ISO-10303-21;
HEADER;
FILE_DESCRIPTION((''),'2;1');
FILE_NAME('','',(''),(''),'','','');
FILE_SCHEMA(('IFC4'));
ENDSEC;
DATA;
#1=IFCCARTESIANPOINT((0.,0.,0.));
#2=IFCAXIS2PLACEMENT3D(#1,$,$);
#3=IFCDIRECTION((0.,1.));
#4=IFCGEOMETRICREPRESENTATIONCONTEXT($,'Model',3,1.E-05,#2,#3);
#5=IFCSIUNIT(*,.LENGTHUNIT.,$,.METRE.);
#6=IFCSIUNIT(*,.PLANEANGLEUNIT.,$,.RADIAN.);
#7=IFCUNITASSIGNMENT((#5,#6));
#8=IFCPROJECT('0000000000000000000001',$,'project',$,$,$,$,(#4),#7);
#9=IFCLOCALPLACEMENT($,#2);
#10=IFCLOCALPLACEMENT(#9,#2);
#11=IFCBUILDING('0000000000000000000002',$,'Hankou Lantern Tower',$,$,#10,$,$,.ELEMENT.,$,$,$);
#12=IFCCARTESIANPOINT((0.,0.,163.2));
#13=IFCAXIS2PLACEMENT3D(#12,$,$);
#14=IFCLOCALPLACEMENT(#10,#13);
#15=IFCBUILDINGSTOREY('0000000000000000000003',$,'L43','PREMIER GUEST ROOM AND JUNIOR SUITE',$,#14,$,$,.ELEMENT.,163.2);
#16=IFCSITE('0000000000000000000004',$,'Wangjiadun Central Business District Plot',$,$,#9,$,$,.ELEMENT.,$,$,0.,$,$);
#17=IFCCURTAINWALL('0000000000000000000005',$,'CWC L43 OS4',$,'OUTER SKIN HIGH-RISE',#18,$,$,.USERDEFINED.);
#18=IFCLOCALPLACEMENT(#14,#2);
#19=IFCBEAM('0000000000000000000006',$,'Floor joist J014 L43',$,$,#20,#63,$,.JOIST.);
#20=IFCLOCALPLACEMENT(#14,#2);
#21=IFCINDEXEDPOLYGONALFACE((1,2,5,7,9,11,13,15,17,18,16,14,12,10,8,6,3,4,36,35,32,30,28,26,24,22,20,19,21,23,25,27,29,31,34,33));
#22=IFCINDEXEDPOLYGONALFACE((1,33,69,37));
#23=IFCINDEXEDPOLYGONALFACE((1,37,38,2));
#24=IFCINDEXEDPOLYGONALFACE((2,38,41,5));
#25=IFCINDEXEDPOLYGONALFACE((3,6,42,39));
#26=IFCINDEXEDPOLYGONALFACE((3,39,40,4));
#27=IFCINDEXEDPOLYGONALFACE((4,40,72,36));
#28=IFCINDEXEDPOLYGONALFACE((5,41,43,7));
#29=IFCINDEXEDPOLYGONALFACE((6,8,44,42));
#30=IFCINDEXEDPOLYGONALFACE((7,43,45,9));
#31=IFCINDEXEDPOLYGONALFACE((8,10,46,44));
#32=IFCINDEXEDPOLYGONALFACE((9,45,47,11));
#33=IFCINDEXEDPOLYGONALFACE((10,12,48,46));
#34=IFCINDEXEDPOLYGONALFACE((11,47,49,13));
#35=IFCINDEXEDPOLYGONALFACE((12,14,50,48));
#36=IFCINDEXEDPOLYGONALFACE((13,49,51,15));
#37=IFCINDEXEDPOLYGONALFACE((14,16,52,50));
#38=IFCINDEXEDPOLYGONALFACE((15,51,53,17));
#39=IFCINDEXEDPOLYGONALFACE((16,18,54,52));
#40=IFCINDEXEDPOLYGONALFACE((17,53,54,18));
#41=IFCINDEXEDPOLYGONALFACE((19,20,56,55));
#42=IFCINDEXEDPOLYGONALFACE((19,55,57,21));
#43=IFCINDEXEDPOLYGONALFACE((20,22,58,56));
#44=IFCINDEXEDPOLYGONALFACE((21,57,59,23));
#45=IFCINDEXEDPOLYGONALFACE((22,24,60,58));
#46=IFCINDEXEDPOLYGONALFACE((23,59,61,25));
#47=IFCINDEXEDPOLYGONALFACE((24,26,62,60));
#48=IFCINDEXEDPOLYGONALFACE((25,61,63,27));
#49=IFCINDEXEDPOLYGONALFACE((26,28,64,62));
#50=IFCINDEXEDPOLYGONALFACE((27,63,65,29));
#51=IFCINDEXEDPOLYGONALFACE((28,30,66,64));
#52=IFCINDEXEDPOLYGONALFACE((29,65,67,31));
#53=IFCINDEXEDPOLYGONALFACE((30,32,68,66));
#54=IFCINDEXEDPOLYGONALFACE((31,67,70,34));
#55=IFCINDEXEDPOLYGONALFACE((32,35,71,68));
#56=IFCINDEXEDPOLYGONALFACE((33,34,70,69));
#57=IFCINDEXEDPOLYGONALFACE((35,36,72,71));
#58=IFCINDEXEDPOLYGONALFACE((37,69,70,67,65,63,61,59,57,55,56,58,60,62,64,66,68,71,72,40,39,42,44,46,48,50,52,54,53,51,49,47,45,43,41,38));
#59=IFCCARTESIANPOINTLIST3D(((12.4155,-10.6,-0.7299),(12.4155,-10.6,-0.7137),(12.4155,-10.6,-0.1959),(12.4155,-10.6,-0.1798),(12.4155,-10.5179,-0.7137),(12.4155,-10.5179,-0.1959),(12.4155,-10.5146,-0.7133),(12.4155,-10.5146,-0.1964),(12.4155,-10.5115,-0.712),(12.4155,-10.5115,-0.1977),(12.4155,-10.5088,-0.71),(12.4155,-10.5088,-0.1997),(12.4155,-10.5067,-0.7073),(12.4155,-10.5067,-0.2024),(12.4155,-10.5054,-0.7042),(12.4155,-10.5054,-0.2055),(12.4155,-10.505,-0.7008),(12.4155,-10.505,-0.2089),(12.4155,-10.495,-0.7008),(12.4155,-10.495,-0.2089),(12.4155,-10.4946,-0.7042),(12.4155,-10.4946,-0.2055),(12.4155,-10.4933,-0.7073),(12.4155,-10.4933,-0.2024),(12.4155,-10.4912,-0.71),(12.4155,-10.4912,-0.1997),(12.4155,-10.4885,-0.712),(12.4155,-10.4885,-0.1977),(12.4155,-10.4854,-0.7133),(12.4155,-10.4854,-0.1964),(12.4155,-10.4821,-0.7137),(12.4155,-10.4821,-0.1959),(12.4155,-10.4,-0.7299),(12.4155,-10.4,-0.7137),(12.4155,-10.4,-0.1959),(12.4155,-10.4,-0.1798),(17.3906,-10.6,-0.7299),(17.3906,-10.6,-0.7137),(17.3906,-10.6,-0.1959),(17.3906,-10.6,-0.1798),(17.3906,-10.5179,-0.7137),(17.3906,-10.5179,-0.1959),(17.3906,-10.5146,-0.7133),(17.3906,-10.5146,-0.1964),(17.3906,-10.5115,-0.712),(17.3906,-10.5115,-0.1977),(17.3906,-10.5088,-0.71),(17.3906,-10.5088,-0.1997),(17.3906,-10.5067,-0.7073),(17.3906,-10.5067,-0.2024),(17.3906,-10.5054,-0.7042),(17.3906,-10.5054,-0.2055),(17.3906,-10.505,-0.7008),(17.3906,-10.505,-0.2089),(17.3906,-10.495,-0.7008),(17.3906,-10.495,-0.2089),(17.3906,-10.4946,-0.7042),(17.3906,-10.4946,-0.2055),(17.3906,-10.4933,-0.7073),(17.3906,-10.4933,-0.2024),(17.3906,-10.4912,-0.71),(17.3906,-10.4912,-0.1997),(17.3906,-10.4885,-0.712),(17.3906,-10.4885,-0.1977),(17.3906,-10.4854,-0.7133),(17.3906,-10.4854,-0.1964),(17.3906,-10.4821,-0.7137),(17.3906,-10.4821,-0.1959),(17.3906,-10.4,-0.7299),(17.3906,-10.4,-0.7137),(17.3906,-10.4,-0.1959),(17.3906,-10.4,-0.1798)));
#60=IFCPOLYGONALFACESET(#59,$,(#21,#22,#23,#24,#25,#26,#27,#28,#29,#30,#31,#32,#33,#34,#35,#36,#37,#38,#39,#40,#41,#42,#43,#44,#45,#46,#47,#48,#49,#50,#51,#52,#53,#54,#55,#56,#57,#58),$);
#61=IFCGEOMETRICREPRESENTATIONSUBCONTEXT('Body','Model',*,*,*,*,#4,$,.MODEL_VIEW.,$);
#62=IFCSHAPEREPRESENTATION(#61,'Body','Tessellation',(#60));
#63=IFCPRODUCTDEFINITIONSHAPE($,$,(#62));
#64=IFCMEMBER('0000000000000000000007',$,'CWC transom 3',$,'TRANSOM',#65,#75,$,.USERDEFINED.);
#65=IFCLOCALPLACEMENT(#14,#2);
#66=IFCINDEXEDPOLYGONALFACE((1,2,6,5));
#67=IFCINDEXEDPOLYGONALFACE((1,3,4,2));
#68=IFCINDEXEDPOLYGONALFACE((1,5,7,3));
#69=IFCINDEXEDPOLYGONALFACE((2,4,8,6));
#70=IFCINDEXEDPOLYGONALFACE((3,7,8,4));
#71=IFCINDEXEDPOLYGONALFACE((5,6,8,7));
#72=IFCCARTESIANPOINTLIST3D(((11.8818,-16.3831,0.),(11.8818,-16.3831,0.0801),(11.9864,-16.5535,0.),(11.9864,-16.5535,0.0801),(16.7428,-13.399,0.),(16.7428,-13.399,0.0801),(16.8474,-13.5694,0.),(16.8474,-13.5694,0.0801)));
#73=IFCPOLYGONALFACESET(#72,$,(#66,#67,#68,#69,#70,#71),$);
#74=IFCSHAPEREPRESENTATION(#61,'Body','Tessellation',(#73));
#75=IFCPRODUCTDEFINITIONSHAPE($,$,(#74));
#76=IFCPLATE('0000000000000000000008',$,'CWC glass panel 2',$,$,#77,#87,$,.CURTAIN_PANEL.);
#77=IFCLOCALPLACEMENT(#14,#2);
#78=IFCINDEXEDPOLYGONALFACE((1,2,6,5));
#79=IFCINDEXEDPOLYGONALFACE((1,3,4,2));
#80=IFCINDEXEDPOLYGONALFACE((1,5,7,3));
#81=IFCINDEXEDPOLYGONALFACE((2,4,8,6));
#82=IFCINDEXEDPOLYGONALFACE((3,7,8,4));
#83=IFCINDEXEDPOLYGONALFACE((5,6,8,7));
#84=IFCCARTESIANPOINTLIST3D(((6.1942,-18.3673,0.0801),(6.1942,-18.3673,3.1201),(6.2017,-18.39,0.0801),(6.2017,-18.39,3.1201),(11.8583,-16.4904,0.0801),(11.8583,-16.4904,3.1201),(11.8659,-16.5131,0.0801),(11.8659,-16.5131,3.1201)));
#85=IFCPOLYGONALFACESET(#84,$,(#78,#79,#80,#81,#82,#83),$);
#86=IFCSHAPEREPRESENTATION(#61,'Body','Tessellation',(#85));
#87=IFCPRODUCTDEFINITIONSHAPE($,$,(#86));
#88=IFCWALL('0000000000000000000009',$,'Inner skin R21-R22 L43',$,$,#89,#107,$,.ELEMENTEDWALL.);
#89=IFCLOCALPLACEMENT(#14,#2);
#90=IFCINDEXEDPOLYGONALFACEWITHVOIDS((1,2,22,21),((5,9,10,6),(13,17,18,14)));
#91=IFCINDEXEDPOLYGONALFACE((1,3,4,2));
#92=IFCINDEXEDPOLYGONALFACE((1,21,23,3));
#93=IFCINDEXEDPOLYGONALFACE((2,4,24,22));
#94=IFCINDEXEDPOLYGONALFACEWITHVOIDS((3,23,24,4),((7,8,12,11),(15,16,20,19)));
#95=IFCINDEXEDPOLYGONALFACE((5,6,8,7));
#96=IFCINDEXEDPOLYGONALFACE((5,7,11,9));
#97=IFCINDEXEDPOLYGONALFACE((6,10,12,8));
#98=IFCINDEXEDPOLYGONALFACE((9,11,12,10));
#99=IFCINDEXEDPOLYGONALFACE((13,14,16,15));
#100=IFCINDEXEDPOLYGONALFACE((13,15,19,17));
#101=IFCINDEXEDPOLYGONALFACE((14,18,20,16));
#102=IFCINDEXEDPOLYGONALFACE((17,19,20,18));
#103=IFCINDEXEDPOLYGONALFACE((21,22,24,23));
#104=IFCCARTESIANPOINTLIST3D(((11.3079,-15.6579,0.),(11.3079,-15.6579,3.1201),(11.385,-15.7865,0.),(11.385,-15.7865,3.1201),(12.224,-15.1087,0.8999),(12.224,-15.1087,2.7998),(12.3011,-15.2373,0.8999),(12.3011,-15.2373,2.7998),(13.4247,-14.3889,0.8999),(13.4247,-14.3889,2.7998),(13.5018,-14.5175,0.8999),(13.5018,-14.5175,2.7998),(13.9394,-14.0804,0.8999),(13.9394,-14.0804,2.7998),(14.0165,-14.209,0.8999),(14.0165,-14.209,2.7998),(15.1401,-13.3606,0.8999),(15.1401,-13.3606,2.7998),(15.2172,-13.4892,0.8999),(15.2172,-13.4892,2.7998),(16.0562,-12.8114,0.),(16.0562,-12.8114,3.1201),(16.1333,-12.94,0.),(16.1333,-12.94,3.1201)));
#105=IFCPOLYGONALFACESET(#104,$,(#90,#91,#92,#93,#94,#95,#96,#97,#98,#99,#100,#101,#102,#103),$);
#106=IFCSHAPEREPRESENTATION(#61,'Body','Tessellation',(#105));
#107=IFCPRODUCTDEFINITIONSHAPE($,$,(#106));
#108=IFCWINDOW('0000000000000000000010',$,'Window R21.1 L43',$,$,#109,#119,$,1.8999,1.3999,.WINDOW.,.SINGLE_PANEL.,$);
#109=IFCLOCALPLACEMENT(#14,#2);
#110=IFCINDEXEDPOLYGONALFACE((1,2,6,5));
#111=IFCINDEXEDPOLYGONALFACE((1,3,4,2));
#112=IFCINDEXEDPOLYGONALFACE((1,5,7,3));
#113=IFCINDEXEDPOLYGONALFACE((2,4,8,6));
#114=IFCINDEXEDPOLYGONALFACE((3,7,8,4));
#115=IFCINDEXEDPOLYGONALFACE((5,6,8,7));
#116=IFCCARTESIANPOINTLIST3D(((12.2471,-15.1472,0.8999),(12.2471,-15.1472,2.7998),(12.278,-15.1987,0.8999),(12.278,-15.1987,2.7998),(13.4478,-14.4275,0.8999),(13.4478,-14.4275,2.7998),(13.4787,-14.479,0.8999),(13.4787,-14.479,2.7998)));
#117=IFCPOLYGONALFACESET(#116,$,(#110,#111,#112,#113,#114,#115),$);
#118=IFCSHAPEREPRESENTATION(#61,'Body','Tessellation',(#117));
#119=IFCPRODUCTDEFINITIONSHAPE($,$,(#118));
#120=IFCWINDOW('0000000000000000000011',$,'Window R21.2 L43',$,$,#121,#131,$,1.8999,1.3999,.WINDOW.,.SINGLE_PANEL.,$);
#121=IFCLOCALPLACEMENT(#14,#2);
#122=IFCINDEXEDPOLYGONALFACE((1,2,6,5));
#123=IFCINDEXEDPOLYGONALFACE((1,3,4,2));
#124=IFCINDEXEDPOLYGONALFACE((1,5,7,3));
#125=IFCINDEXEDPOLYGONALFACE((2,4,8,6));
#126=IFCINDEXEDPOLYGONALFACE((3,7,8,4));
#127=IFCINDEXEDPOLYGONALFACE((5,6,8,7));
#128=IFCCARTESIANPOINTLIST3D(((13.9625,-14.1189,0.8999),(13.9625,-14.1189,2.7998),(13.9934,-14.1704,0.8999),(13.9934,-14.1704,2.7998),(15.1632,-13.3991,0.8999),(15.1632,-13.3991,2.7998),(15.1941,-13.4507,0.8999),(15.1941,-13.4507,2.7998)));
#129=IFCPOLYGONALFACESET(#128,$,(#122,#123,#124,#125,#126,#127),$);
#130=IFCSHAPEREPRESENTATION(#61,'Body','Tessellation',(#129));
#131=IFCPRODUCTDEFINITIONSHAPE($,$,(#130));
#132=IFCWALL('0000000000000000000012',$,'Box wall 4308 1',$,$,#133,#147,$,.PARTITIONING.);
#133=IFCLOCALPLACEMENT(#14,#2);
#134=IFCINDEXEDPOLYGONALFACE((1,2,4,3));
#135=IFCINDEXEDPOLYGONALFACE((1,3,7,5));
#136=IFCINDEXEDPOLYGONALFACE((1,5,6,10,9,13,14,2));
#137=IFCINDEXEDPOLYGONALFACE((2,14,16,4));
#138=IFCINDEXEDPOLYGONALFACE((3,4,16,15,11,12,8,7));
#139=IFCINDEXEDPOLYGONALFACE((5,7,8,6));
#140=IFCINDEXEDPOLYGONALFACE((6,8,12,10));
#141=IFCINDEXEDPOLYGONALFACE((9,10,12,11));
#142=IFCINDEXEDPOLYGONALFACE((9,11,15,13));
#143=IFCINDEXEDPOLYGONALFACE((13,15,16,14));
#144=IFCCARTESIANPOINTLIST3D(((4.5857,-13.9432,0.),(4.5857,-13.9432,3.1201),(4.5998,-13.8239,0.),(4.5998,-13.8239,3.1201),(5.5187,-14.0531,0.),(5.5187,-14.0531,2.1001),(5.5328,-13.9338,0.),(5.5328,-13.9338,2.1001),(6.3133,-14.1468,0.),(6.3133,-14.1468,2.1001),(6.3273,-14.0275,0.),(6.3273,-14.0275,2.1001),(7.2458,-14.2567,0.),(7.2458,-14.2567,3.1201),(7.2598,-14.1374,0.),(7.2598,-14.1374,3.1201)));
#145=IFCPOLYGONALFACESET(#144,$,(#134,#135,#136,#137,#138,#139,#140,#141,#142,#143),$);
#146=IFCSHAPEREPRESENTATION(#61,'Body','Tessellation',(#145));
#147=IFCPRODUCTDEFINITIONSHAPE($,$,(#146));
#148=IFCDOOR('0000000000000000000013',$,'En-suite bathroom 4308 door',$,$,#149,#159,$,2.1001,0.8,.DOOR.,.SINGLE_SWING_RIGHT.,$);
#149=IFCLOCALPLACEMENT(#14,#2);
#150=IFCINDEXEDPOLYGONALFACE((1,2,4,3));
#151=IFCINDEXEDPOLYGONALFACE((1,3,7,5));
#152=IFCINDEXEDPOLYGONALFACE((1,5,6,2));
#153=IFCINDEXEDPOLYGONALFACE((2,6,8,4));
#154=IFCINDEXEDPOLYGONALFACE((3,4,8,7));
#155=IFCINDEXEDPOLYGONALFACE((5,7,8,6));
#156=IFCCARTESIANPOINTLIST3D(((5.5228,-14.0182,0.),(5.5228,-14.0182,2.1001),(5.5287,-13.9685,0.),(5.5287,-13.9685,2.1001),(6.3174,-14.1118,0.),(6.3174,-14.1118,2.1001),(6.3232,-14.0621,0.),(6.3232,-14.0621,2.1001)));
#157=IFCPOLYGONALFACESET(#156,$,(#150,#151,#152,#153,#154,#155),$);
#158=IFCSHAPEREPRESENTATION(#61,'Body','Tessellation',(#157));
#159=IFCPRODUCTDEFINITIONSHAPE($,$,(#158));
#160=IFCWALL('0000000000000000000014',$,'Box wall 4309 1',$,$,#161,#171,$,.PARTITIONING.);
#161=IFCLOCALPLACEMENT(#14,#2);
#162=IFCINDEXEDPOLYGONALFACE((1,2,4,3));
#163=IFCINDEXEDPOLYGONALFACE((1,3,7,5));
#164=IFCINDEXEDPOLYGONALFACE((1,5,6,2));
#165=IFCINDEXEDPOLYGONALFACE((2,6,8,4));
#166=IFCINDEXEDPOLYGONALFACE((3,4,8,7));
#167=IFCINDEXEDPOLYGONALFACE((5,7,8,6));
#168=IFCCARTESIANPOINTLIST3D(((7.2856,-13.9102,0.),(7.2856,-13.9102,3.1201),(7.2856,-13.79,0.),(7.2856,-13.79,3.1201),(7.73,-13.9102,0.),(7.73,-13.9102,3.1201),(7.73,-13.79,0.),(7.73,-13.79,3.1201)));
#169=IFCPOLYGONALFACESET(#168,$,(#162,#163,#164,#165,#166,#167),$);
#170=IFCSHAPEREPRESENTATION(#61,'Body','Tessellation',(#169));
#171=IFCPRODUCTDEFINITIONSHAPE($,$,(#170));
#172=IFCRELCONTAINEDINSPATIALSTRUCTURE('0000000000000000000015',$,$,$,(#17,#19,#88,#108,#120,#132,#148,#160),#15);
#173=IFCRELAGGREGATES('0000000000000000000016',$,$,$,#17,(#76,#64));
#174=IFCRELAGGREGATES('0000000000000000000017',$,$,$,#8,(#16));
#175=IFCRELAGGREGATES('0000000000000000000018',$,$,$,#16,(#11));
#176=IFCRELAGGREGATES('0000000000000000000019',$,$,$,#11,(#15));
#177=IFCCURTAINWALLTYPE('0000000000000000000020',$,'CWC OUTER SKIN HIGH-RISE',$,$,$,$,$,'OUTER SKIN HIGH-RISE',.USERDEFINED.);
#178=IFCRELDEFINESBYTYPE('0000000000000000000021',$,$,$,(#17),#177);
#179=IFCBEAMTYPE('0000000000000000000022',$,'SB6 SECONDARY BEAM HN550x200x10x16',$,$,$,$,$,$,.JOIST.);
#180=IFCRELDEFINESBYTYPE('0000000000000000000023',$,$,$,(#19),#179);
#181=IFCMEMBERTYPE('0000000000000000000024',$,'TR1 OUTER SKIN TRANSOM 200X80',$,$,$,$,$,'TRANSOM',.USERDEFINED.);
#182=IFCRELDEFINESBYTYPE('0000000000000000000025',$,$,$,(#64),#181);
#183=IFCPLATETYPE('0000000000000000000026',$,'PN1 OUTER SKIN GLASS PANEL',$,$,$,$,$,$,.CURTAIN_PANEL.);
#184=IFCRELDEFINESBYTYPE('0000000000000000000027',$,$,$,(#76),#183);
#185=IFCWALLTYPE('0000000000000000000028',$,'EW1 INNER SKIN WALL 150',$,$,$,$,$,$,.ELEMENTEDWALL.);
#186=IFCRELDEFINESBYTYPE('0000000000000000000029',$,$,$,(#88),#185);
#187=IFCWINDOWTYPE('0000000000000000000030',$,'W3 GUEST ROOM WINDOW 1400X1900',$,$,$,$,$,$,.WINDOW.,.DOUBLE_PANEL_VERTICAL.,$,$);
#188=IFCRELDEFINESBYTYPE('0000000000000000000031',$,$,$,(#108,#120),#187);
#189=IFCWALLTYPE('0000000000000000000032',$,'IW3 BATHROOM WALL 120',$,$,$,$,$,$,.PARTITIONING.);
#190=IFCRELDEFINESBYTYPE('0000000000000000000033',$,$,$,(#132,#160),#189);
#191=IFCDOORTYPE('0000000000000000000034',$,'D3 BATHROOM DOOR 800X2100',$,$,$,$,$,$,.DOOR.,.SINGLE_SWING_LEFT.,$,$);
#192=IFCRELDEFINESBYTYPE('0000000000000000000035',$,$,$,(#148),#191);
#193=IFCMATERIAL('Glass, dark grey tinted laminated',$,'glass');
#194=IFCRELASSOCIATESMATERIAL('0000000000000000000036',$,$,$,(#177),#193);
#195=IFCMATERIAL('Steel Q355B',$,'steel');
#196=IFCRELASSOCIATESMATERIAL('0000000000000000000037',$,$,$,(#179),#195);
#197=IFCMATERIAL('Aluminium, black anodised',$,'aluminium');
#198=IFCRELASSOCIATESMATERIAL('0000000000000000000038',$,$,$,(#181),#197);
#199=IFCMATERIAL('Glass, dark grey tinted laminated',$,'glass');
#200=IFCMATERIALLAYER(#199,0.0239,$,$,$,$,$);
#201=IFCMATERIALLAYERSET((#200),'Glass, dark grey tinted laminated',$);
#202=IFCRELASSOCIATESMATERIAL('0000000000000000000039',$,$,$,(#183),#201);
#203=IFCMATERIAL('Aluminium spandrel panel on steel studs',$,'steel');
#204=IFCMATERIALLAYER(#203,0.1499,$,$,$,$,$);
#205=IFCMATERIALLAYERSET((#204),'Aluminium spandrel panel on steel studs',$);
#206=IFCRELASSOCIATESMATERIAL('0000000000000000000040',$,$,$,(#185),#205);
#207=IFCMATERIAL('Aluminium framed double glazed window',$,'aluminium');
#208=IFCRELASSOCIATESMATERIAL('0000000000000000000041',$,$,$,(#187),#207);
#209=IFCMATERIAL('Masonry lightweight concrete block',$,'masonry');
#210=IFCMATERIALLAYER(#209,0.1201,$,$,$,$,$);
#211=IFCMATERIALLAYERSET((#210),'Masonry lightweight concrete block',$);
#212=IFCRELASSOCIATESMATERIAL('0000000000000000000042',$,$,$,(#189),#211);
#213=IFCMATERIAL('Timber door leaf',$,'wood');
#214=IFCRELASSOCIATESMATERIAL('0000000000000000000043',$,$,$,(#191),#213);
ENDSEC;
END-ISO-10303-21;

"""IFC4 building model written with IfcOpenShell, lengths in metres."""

from ifc_helpers import new_model, si_unit, direction, frame, frame_2d, origin, origin_2d, place, context, subcontext, project, spatial, rectangle, i_section, extrude, material, layer, layer_set, material_profile, profile_set, type_object, element, fill, aggregate, save


model = new_model("IFC4")

# Units and contexts
model_context = context("Model", 3, precision=1e-05, world=origin(), true_north=direction((0.0, 1.0)))
body_context = subcontext(model_context, "Body", "Model", "MODEL_VIEW")
ifc_project = project(units=[si_unit("LENGTHUNIT", "METRE"), si_unit("PLANEANGLEUNIT", "RADIAN")], contexts=[model_context])

# Site, building, storey
site_placement = place(None, origin())
site = spatial("IfcSite", under=ifc_project, at=site_placement, Name="Wangjiadun Central Business District Plot", CompositionType="ELEMENT", RefElevation=0.0)
building_placement = place(site_placement, origin())
building = spatial("IfcBuilding", under=site, at=building_placement, Name="Hankou Lantern Tower", CompositionType="ELEMENT")
storey_placement = place(building_placement, frame((0.0, 0.0, 163.2)))
storey = spatial("IfcBuildingStorey", under=building, at=storey_placement, Name="L43", Description="PREMIER GUEST ROOM AND JUNIOR SUITE", CompositionType="ELEMENT", Elevation=163.2)

# Curtain wall
ifc_material_1 = material(Name="Glass, dark grey tinted laminated", Category="glass")
curtain_wall_type = type_object("IfcCurtainWallType", Name="CWC OUTER SKIN HIGH-RISE", ElementType="OUTER SKIN HIGH-RISE", PredefinedType="USERDEFINED", material=ifc_material_1)
curtain_wall_placement = place(storey_placement, origin())
curtain_wall = element("IfcCurtainWall", 1, at=curtain_wall_placement, inside=storey, type_object=curtain_wall_type, Name="CWC L43 OS4", ObjectType="OUTER SKIN HIGH-RISE", PredefinedType="USERDEFINED")

# Beam
ifc_material_2 = material(Name="Steel Q355B", Category="steel")
ifc_material_profile_1 = material_profile(ifc_material_2, i_section(OverallWidth=0.2, OverallDepth=0.55, WebThickness=0.01, FlangeThickness=0.0161, FilletRadius=0.0129, at=origin_2d()), Name="HN550x200x10x16")
ifc_profile_set_1 = profile_set([ifc_material_profile_1], Name="Steel Q355B")
beam_type_1 = type_object("IfcBeamType", Name="SB6 SECONDARY BEAM HN550x200x10x16", PredefinedType="JOIST", material=ifc_profile_set_1)
beam_1_placement = place(storey_placement, frame((12.4155, -10.5, -0.4548), z_axis=(1.0, 0.0, 0.0), x_axis=(0.0, 1.0, 0.0)))
element("IfcBeam", 2, at=beam_1_placement, inside=storey, type_object=beam_type_1, Name="Floor joist J014 L43", PredefinedType="JOIST", context=body_context, shape_type="SweptSolid", body=[
    extrude(i_section(OverallWidth=0.2, OverallDepth=0.55, WebThickness=0.01, FlangeThickness=0.0161, FilletRadius=0.0129, at=origin_2d()), origin(), (0.0, 0.0, 1.0), 4.9751),
])

# Member
ifc_material_3 = material(Name="Aluminium, black anodised", Category="aluminium")
ifc_material_profile_2 = material_profile(ifc_material_3, rectangle(XDim=0.2, YDim=0.0801, at=origin_2d()), Name="TR1 200X80")
ifc_profile_set_2 = profile_set([ifc_material_profile_2], Name="Aluminium, black anodised")
member_type_1 = type_object("IfcMemberType", Name="TR1 OUTER SKIN TRANSOM 200X80", ElementType="TRANSOM", PredefinedType="USERDEFINED", material=ifc_profile_set_2)
member_1_placement = place(storey_placement, frame((11.9341, -16.4683, 0.04), z_axis=(0.852229, 0.523168, 0.0), x_axis=(-0.523168, 0.852229, 0.0)))
member_1 = element("IfcMember", 3, at=member_1_placement, type_object=member_type_1, Name="CWC transom 3", ObjectType="TRANSOM", PredefinedType="USERDEFINED", context=body_context, shape_type="SweptSolid", body=[
    extrude(rectangle(XDim=0.2, YDim=0.0801, at=origin_2d()), origin(), (0.0, 0.0, 1.0), 5.7039),
])

# Plate
ifc_material_4 = material(Name="Glass, dark grey tinted laminated", Category="glass")
ifc_layer_1 = layer(ifc_material_4, 0.0239)
ifc_layer_set_1 = layer_set([ifc_layer_1], Name="Glass, dark grey tinted laminated")
plate_type = type_object("IfcPlateType", Name="PN1 OUTER SKIN GLASS PANEL", PredefinedType="CURTAIN_PANEL", material=ifc_layer_set_1)
plate_placement = place(storey_placement, frame((9.03, -17.4402, 0.0801), z_axis=(0.0, 0.0, 1.0), x_axis=(0.949241, 0.314551, 0.0)))
plate = element("IfcPlate", 4, at=plate_placement, type_object=plate_type, Name="CWC glass panel 2", PredefinedType="CURTAIN_PANEL", context=body_context, shape_type="SweptSolid", body=[
    extrude(rectangle(XDim=5.967, YDim=0.0239, at=origin_2d()), origin(), (0.0, 0.0, 1.0), 3.04),
])
aggregate(curtain_wall, [plate, member_1])

# Wall, openings, windows
ifc_material_5 = material(Name="Aluminium spandrel panel on steel studs", Category="steel")
ifc_layer_2 = layer(ifc_material_5, 0.1499)
ifc_layer_set_2 = layer_set([ifc_layer_2], Name="Aluminium spandrel panel on steel studs")
wall_type_1 = type_object("IfcWallType", Name="EW1 INNER SKIN WALL 150", PredefinedType="ELEMENTEDWALL", material=ifc_layer_set_2)
wall_1_placement = place(storey_placement, frame((11.3464, -15.7222, 0.0), z_axis=(0.0, 0.0, 1.0), x_axis=(0.857695, 0.514158, 0.0)))
wall_1 = element("IfcWall", 5, at=wall_1_placement, inside=storey, type_object=wall_type_1, Name="Inner skin R21-R22 L43", PredefinedType="ELEMENTEDWALL", context=body_context, shape_type="SweptSolid", body=[
    extrude(rectangle(XDim=5.5361, YDim=0.1499, at=frame_2d((2.7681, 0.0))), origin(), (0.0, 0.0, 1.0), 3.1201),
])
opening_1_placement = place(wall_1_placement, frame((1.0681, 0.0, 0.8999)))
opening_1 = element("IfcOpeningElement", 6, at=opening_1_placement, cuts=wall_1, PredefinedType="OPENING", context=body_context, shape_type="SweptSolid", body=[
    extrude(rectangle(XDim=1.3999, YDim=1.8999, at=frame_2d((0.7, 0.95))), frame((0.0, 0.085, 0.0), z_axis=(0.0, -1.0, 0.0), x_axis=(1.0, 0.0, 0.0)), (0.0, 0.0, 1.0), 0.1699),
])
opening_2_placement = place(wall_1_placement, frame((3.0681, 0.0, 0.8999)))
opening_2 = element("IfcOpeningElement", 7, at=opening_2_placement, cuts=wall_1, PredefinedType="OPENING", context=body_context, shape_type="SweptSolid", body=[
    extrude(rectangle(XDim=1.3999, YDim=1.8999, at=frame_2d((0.7, 0.95))), frame((0.0, 0.085, 0.0), z_axis=(0.0, -1.0, 0.0), x_axis=(1.0, 0.0, 0.0)), (0.0, 0.0, 1.0), 0.1699),
])
ifc_material_6 = material(Name="Aluminium framed double glazed window", Category="aluminium")
window_type = type_object("IfcWindowType", Name="W3 GUEST ROOM WINDOW 1400X1900", PartitioningType="DOUBLE_PANEL_VERTICAL", PredefinedType="WINDOW", material=ifc_material_6)
window_1_placement = place(opening_1_placement, origin())
window_1 = element("IfcWindow", 8, at=window_1_placement, inside=storey, type_object=window_type, Name="Window R21.1 L43", OverallHeight=1.8999, OverallWidth=1.3999, PartitioningType="SINGLE_PANEL", PredefinedType="WINDOW", context=body_context, shape_type="SweptSolid", body=[
    extrude(rectangle(XDim=1.3999, YDim=1.8999, at=frame_2d((0.7, 0.95))), frame((0.0, 0.03, 0.0), z_axis=(0.0, -1.0, 0.0), x_axis=(1.0, 0.0, 0.0)), (0.0, 0.0, 1.0), 0.0601),
])
fill(opening_1, window_1)
window_2_placement = place(opening_2_placement, origin())
window_2 = element("IfcWindow", 9, at=window_2_placement, inside=storey, type_object=window_type, Name="Window R21.2 L43", OverallHeight=1.8999, OverallWidth=1.3999, PartitioningType="SINGLE_PANEL", PredefinedType="WINDOW", context=body_context, shape_type="SweptSolid", body=[
    extrude(rectangle(XDim=1.3999, YDim=1.8999, at=frame_2d((0.7, 0.95))), frame((0.0, 0.03, 0.0), z_axis=(0.0, -1.0, 0.0), x_axis=(1.0, 0.0, 0.0)), (0.0, 0.0, 1.0), 0.0601),
])
fill(opening_2, window_2)

# Wall, opening, door
ifc_material_7 = material(Name="Masonry lightweight concrete block", Category="masonry")
ifc_layer_3 = layer(ifc_material_7, 0.1201)
ifc_layer_set_3 = layer_set([ifc_layer_3], Name="Masonry lightweight concrete block")
wall_type_2 = type_object("IfcWallType", Name="IW3 BATHROOM WALL 120", PredefinedType="PARTITIONING", material=ifc_layer_set_3)
wall_2_placement = place(storey_placement, frame((7.2529, -14.197, 0.0), z_axis=(0.0, 0.0, 1.0), x_axis=(-0.993128, 0.117032, 0.0)))
wall_2 = element("IfcWall", 10, at=wall_2_placement, inside=storey, type_object=wall_type_2, Name="Box wall 4308 1", PredefinedType="PARTITIONING", context=body_context, shape_type="SweptSolid", body=[
    extrude(rectangle(XDim=2.6785, YDim=0.1201, at=frame_2d((1.3394, 0.0))), origin(), (0.0, 0.0, 1.0), 3.1201),
])
opening_3_placement = place(wall_2_placement, frame((0.9392, 0.0, 0.0)))
opening_3 = element("IfcOpeningElement", 11, at=opening_3_placement, cuts=wall_2, PredefinedType="OPENING", context=body_context, shape_type="SweptSolid", body=[
    extrude(rectangle(XDim=0.8, YDim=2.1001, at=frame_2d((0.3999, 1.05))), frame((0.0, 0.0701, 0.0), z_axis=(0.0, -1.0, 0.0), x_axis=(1.0, 0.0, 0.0)), (0.0, 0.0, 1.0), 0.1401),
])
ifc_material_8 = material(Name="Timber door leaf", Category="wood")
door_type = type_object("IfcDoorType", Name="D3 BATHROOM DOOR 800X2100", OperationType="SINGLE_SWING_LEFT", PredefinedType="DOOR", material=ifc_material_8)
door_1_placement = place(opening_3_placement, origin())
door_1 = element("IfcDoor", 12, at=door_1_placement, inside=storey, type_object=door_type, Name="En-suite bathroom 4308 door", OperationType="SINGLE_SWING_RIGHT", OverallHeight=2.1001, OverallWidth=0.8, PredefinedType="DOOR", context=body_context, shape_type="SweptSolid", body=[
    extrude(rectangle(XDim=0.8, YDim=2.1001, at=frame_2d((0.3999, 1.05))), frame((0.0, 0.0249, 0.0), z_axis=(0.0, -1.0, 0.0), x_axis=(1.0, 0.0, 0.0)), (0.0, 0.0, 1.0), 0.05),
])
fill(opening_3, door_1)

# Wall
wall_3_placement = place(storey_placement, frame((7.2856, -13.8501, 0.0), z_axis=(0.0, 0.0, 1.0), x_axis=(1.0, 0.0, 0.0)))
element("IfcWall", 13, at=wall_3_placement, inside=storey, type_object=wall_type_2, Name="Box wall 4309 1", PredefinedType="PARTITIONING", context=body_context, shape_type="SweptSolid", body=[
    extrude(rectangle(XDim=0.4443, YDim=0.1201, at=frame_2d((0.2222, 0.0))), origin(), (0.0, 0.0, 1.0), 3.1201),
])

save(model, "model.ifc")
